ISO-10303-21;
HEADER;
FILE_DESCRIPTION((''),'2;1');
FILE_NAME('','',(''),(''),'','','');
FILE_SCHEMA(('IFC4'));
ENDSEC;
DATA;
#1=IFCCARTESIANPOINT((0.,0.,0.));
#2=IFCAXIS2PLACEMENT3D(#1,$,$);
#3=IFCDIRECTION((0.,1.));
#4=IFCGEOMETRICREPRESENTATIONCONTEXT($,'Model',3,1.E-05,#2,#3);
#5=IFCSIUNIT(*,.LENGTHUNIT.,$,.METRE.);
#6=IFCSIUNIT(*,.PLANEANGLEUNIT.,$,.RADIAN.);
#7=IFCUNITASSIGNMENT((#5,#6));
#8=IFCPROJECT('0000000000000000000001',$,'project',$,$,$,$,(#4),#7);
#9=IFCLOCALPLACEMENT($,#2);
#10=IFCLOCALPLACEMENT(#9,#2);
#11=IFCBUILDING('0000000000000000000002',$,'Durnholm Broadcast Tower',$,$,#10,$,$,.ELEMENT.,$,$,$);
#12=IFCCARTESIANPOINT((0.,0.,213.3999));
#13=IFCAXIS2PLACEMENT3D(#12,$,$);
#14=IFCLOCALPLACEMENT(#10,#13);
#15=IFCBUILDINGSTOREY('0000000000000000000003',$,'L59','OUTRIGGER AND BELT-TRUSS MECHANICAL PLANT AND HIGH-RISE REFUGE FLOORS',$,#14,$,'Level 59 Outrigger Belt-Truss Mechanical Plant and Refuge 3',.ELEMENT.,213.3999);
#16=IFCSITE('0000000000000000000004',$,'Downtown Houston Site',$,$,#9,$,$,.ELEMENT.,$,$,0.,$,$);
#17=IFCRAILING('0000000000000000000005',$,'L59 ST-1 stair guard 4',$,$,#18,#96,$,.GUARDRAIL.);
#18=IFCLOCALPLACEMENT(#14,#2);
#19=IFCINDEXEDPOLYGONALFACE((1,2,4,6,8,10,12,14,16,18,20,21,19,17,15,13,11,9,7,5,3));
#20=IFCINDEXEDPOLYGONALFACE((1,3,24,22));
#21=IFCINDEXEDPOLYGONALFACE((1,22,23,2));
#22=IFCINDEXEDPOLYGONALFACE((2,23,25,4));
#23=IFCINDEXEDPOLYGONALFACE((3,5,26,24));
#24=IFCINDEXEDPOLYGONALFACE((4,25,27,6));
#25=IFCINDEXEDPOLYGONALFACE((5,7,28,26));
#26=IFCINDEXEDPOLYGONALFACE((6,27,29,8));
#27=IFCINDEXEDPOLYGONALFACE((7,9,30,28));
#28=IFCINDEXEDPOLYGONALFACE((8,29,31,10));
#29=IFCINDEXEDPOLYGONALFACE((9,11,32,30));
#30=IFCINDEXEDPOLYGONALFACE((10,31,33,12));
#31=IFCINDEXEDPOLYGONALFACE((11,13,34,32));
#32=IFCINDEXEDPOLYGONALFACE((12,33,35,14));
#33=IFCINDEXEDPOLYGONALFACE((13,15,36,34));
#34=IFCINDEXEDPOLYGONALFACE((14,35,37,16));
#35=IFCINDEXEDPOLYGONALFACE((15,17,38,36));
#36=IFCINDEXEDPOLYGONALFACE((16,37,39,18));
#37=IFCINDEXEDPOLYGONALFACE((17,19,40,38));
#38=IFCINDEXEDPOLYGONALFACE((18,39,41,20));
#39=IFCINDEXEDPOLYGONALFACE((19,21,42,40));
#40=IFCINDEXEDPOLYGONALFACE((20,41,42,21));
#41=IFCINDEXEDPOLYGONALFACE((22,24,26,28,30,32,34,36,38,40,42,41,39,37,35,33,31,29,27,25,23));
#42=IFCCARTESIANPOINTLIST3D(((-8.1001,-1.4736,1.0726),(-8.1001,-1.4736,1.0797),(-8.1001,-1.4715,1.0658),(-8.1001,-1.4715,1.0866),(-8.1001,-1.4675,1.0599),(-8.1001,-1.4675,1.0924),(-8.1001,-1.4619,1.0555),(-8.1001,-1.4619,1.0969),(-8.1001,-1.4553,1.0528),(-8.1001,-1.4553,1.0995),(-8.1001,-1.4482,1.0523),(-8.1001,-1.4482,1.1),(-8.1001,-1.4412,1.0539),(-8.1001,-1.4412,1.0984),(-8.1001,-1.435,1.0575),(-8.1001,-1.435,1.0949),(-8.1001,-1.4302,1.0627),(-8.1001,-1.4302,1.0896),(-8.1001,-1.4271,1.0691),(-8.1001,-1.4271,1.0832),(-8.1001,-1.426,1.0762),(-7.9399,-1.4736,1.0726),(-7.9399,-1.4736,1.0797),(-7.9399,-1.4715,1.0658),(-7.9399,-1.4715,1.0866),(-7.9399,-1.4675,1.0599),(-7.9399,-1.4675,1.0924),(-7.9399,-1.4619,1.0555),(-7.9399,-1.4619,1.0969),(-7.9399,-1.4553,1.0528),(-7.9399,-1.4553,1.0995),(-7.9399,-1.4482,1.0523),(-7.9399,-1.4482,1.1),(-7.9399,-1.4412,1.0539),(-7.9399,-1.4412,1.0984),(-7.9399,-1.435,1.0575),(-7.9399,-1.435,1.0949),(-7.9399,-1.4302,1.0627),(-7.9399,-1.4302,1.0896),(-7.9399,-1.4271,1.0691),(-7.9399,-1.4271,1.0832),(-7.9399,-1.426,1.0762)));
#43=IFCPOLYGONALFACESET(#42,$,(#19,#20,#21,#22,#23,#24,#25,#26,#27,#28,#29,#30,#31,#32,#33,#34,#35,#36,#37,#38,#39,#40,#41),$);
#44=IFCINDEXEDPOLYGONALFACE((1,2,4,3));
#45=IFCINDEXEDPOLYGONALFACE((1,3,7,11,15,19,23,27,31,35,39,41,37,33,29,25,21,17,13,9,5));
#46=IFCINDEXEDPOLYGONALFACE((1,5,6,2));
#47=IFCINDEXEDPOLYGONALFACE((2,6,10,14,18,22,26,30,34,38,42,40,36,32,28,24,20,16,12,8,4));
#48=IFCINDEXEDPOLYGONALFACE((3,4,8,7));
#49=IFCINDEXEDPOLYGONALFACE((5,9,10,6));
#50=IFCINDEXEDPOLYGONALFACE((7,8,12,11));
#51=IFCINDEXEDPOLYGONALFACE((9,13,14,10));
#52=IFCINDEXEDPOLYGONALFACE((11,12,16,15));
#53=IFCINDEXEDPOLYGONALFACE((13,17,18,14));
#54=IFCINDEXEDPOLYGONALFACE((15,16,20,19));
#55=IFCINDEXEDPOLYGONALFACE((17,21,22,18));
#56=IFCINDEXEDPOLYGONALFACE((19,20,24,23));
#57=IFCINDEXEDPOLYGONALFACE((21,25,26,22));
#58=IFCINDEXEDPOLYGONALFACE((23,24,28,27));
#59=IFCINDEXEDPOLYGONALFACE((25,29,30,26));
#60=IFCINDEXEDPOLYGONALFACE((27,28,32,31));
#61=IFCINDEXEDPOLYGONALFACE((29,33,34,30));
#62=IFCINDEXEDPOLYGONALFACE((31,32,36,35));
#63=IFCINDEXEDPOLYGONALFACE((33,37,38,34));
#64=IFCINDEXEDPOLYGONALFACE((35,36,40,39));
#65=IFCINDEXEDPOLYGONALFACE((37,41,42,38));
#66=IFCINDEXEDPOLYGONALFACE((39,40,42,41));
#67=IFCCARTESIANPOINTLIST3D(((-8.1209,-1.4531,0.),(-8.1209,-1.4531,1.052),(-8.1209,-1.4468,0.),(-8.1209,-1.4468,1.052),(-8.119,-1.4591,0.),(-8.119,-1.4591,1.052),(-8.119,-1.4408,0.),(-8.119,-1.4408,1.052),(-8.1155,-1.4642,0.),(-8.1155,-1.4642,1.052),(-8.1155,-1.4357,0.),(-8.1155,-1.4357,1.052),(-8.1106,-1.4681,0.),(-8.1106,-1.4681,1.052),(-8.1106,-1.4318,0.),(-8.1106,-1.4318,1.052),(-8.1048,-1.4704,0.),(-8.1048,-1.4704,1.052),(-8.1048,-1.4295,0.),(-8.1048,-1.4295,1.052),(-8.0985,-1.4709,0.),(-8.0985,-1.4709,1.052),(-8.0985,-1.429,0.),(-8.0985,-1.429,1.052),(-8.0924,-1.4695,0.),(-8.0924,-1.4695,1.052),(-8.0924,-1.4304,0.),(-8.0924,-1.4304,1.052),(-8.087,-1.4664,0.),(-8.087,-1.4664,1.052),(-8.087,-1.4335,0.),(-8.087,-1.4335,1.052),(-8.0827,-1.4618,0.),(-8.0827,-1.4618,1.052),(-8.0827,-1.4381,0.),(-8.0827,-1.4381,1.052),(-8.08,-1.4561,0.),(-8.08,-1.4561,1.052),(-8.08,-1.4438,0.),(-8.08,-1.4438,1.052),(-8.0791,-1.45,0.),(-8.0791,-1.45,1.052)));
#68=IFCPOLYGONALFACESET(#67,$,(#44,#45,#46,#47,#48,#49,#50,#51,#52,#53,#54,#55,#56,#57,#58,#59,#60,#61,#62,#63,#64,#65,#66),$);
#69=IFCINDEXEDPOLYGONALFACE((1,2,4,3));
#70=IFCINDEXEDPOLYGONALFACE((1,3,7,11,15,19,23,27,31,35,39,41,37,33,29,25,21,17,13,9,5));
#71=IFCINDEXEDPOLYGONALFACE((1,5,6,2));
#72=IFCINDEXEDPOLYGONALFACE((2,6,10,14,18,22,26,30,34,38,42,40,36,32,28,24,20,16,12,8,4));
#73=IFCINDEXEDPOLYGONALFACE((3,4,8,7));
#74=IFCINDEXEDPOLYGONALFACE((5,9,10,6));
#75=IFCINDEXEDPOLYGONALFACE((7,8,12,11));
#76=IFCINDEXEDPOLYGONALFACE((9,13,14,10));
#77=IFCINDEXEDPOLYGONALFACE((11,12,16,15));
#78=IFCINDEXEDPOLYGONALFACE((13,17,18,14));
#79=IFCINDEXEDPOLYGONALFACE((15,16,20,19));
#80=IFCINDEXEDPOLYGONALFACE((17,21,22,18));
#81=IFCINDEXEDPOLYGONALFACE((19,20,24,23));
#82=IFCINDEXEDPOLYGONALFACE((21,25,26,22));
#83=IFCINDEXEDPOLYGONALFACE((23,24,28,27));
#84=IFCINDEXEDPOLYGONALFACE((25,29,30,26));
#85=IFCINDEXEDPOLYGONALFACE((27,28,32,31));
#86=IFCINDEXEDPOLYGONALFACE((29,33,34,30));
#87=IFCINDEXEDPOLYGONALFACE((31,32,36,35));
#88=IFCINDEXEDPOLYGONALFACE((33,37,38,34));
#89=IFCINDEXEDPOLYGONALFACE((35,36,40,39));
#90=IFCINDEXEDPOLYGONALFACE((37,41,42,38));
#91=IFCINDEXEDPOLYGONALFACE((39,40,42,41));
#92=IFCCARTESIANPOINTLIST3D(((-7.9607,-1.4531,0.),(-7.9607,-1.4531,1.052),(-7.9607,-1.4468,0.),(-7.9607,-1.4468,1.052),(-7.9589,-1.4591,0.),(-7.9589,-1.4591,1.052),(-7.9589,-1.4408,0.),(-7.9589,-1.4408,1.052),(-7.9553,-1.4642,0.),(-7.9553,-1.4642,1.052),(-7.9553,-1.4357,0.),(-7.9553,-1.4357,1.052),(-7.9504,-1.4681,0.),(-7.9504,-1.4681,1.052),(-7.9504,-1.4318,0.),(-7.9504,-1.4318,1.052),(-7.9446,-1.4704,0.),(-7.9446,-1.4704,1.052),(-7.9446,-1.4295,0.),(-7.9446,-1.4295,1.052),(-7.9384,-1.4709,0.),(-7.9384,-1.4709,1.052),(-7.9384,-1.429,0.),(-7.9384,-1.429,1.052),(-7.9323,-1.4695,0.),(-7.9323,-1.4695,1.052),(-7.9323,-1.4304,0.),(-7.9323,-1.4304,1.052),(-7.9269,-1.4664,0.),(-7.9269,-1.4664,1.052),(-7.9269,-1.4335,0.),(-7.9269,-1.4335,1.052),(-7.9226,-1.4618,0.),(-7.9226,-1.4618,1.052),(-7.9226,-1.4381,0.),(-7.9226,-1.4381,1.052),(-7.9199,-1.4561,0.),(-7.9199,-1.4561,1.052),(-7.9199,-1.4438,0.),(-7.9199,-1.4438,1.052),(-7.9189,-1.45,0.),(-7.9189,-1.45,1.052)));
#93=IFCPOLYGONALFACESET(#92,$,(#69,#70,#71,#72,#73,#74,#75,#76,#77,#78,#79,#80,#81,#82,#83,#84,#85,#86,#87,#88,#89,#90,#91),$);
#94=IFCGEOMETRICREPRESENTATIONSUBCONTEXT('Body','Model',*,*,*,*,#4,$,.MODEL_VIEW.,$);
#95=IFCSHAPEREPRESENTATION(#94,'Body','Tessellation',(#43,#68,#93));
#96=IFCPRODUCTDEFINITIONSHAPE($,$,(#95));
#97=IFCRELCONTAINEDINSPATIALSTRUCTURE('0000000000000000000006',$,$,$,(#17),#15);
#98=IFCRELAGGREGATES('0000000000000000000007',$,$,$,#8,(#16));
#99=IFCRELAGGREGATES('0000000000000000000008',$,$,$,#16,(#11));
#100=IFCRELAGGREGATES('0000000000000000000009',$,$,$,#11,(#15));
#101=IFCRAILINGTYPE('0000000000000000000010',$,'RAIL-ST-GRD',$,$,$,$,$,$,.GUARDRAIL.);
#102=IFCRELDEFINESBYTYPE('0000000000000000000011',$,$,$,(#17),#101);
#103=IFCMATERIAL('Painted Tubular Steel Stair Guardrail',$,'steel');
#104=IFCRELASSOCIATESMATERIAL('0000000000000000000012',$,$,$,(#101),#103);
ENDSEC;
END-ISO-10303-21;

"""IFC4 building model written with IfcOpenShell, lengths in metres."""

from ifc_helpers import new_model, si_unit, direction, frame, origin, origin_2d, place, context, subcontext, project, spatial, circle, extrude, material, type_object, element, save


model = new_model("IFC4")

# Units and contexts
model_context = context("Model", 3, precision=1e-05, world=origin(), true_north=direction((0.0, 1.0)))
body_context = subcontext(model_context, "Body", "Model", "MODEL_VIEW")
ifc_project = project(units=[si_unit("LENGTHUNIT", "METRE"), si_unit("PLANEANGLEUNIT", "RADIAN")], contexts=[model_context])

# Site, building, storey
site_placement = place(None, origin())
site = spatial("IfcSite", under=ifc_project, at=site_placement, Name="Downtown Houston Site", CompositionType="ELEMENT", RefElevation=0.0)
building_placement = place(site_placement, origin())
building = spatial("IfcBuilding", under=site, at=building_placement, Name="Durnholm Broadcast Tower", CompositionType="ELEMENT")
storey_placement = place(building_placement, frame((0.0, 0.0, 213.3999)))
storey = spatial("IfcBuildingStorey", under=building, at=storey_placement, Name="L59", Description="OUTRIGGER AND BELT-TRUSS MECHANICAL PLANT AND HIGH-RISE REFUGE FLOORS", LongName="Level 59 Outrigger Belt-Truss Mechanical Plant and Refuge 3", CompositionType="ELEMENT", Elevation=213.3999)

# Railing
ifc_material_1 = material(Name="Painted Tubular Steel Stair Guardrail", Category="steel")
railing_type_1 = type_object("IfcRailingType", Name="RAIL-ST-GRD", PredefinedType="GUARDRAIL", material=ifc_material_1)
railing_1_placement = place(storey_placement, frame((-8.1001, -1.45, 0.0)))
element("IfcRailing", 1, at=railing_1_placement, inside=storey, type_object=railing_type_1, Name="L59 ST-1 stair guard 4", PredefinedType="GUARDRAIL", context=body_context, shape_type="SweptSolid", body=[
    extrude(circle(Radius=0.0239, at=origin_2d()), frame((0.0, 0.0, 1.0762), z_axis=(1.0, 0.0, 0.0), x_axis=(0.0, 1.0, 0.0)), (0.0, 0.0, 1.0), 0.1602),
    extrude(circle(Radius=0.021, at=origin_2d()), origin(), (0.0, 0.0, 1.0), 1.052),
    extrude(circle(Radius=0.021, at=origin_2d()), frame((0.1602, 0.0, 0.0)), (0.0, 0.0, 1.0), 1.052),
])

save(model, "model.ifc")
